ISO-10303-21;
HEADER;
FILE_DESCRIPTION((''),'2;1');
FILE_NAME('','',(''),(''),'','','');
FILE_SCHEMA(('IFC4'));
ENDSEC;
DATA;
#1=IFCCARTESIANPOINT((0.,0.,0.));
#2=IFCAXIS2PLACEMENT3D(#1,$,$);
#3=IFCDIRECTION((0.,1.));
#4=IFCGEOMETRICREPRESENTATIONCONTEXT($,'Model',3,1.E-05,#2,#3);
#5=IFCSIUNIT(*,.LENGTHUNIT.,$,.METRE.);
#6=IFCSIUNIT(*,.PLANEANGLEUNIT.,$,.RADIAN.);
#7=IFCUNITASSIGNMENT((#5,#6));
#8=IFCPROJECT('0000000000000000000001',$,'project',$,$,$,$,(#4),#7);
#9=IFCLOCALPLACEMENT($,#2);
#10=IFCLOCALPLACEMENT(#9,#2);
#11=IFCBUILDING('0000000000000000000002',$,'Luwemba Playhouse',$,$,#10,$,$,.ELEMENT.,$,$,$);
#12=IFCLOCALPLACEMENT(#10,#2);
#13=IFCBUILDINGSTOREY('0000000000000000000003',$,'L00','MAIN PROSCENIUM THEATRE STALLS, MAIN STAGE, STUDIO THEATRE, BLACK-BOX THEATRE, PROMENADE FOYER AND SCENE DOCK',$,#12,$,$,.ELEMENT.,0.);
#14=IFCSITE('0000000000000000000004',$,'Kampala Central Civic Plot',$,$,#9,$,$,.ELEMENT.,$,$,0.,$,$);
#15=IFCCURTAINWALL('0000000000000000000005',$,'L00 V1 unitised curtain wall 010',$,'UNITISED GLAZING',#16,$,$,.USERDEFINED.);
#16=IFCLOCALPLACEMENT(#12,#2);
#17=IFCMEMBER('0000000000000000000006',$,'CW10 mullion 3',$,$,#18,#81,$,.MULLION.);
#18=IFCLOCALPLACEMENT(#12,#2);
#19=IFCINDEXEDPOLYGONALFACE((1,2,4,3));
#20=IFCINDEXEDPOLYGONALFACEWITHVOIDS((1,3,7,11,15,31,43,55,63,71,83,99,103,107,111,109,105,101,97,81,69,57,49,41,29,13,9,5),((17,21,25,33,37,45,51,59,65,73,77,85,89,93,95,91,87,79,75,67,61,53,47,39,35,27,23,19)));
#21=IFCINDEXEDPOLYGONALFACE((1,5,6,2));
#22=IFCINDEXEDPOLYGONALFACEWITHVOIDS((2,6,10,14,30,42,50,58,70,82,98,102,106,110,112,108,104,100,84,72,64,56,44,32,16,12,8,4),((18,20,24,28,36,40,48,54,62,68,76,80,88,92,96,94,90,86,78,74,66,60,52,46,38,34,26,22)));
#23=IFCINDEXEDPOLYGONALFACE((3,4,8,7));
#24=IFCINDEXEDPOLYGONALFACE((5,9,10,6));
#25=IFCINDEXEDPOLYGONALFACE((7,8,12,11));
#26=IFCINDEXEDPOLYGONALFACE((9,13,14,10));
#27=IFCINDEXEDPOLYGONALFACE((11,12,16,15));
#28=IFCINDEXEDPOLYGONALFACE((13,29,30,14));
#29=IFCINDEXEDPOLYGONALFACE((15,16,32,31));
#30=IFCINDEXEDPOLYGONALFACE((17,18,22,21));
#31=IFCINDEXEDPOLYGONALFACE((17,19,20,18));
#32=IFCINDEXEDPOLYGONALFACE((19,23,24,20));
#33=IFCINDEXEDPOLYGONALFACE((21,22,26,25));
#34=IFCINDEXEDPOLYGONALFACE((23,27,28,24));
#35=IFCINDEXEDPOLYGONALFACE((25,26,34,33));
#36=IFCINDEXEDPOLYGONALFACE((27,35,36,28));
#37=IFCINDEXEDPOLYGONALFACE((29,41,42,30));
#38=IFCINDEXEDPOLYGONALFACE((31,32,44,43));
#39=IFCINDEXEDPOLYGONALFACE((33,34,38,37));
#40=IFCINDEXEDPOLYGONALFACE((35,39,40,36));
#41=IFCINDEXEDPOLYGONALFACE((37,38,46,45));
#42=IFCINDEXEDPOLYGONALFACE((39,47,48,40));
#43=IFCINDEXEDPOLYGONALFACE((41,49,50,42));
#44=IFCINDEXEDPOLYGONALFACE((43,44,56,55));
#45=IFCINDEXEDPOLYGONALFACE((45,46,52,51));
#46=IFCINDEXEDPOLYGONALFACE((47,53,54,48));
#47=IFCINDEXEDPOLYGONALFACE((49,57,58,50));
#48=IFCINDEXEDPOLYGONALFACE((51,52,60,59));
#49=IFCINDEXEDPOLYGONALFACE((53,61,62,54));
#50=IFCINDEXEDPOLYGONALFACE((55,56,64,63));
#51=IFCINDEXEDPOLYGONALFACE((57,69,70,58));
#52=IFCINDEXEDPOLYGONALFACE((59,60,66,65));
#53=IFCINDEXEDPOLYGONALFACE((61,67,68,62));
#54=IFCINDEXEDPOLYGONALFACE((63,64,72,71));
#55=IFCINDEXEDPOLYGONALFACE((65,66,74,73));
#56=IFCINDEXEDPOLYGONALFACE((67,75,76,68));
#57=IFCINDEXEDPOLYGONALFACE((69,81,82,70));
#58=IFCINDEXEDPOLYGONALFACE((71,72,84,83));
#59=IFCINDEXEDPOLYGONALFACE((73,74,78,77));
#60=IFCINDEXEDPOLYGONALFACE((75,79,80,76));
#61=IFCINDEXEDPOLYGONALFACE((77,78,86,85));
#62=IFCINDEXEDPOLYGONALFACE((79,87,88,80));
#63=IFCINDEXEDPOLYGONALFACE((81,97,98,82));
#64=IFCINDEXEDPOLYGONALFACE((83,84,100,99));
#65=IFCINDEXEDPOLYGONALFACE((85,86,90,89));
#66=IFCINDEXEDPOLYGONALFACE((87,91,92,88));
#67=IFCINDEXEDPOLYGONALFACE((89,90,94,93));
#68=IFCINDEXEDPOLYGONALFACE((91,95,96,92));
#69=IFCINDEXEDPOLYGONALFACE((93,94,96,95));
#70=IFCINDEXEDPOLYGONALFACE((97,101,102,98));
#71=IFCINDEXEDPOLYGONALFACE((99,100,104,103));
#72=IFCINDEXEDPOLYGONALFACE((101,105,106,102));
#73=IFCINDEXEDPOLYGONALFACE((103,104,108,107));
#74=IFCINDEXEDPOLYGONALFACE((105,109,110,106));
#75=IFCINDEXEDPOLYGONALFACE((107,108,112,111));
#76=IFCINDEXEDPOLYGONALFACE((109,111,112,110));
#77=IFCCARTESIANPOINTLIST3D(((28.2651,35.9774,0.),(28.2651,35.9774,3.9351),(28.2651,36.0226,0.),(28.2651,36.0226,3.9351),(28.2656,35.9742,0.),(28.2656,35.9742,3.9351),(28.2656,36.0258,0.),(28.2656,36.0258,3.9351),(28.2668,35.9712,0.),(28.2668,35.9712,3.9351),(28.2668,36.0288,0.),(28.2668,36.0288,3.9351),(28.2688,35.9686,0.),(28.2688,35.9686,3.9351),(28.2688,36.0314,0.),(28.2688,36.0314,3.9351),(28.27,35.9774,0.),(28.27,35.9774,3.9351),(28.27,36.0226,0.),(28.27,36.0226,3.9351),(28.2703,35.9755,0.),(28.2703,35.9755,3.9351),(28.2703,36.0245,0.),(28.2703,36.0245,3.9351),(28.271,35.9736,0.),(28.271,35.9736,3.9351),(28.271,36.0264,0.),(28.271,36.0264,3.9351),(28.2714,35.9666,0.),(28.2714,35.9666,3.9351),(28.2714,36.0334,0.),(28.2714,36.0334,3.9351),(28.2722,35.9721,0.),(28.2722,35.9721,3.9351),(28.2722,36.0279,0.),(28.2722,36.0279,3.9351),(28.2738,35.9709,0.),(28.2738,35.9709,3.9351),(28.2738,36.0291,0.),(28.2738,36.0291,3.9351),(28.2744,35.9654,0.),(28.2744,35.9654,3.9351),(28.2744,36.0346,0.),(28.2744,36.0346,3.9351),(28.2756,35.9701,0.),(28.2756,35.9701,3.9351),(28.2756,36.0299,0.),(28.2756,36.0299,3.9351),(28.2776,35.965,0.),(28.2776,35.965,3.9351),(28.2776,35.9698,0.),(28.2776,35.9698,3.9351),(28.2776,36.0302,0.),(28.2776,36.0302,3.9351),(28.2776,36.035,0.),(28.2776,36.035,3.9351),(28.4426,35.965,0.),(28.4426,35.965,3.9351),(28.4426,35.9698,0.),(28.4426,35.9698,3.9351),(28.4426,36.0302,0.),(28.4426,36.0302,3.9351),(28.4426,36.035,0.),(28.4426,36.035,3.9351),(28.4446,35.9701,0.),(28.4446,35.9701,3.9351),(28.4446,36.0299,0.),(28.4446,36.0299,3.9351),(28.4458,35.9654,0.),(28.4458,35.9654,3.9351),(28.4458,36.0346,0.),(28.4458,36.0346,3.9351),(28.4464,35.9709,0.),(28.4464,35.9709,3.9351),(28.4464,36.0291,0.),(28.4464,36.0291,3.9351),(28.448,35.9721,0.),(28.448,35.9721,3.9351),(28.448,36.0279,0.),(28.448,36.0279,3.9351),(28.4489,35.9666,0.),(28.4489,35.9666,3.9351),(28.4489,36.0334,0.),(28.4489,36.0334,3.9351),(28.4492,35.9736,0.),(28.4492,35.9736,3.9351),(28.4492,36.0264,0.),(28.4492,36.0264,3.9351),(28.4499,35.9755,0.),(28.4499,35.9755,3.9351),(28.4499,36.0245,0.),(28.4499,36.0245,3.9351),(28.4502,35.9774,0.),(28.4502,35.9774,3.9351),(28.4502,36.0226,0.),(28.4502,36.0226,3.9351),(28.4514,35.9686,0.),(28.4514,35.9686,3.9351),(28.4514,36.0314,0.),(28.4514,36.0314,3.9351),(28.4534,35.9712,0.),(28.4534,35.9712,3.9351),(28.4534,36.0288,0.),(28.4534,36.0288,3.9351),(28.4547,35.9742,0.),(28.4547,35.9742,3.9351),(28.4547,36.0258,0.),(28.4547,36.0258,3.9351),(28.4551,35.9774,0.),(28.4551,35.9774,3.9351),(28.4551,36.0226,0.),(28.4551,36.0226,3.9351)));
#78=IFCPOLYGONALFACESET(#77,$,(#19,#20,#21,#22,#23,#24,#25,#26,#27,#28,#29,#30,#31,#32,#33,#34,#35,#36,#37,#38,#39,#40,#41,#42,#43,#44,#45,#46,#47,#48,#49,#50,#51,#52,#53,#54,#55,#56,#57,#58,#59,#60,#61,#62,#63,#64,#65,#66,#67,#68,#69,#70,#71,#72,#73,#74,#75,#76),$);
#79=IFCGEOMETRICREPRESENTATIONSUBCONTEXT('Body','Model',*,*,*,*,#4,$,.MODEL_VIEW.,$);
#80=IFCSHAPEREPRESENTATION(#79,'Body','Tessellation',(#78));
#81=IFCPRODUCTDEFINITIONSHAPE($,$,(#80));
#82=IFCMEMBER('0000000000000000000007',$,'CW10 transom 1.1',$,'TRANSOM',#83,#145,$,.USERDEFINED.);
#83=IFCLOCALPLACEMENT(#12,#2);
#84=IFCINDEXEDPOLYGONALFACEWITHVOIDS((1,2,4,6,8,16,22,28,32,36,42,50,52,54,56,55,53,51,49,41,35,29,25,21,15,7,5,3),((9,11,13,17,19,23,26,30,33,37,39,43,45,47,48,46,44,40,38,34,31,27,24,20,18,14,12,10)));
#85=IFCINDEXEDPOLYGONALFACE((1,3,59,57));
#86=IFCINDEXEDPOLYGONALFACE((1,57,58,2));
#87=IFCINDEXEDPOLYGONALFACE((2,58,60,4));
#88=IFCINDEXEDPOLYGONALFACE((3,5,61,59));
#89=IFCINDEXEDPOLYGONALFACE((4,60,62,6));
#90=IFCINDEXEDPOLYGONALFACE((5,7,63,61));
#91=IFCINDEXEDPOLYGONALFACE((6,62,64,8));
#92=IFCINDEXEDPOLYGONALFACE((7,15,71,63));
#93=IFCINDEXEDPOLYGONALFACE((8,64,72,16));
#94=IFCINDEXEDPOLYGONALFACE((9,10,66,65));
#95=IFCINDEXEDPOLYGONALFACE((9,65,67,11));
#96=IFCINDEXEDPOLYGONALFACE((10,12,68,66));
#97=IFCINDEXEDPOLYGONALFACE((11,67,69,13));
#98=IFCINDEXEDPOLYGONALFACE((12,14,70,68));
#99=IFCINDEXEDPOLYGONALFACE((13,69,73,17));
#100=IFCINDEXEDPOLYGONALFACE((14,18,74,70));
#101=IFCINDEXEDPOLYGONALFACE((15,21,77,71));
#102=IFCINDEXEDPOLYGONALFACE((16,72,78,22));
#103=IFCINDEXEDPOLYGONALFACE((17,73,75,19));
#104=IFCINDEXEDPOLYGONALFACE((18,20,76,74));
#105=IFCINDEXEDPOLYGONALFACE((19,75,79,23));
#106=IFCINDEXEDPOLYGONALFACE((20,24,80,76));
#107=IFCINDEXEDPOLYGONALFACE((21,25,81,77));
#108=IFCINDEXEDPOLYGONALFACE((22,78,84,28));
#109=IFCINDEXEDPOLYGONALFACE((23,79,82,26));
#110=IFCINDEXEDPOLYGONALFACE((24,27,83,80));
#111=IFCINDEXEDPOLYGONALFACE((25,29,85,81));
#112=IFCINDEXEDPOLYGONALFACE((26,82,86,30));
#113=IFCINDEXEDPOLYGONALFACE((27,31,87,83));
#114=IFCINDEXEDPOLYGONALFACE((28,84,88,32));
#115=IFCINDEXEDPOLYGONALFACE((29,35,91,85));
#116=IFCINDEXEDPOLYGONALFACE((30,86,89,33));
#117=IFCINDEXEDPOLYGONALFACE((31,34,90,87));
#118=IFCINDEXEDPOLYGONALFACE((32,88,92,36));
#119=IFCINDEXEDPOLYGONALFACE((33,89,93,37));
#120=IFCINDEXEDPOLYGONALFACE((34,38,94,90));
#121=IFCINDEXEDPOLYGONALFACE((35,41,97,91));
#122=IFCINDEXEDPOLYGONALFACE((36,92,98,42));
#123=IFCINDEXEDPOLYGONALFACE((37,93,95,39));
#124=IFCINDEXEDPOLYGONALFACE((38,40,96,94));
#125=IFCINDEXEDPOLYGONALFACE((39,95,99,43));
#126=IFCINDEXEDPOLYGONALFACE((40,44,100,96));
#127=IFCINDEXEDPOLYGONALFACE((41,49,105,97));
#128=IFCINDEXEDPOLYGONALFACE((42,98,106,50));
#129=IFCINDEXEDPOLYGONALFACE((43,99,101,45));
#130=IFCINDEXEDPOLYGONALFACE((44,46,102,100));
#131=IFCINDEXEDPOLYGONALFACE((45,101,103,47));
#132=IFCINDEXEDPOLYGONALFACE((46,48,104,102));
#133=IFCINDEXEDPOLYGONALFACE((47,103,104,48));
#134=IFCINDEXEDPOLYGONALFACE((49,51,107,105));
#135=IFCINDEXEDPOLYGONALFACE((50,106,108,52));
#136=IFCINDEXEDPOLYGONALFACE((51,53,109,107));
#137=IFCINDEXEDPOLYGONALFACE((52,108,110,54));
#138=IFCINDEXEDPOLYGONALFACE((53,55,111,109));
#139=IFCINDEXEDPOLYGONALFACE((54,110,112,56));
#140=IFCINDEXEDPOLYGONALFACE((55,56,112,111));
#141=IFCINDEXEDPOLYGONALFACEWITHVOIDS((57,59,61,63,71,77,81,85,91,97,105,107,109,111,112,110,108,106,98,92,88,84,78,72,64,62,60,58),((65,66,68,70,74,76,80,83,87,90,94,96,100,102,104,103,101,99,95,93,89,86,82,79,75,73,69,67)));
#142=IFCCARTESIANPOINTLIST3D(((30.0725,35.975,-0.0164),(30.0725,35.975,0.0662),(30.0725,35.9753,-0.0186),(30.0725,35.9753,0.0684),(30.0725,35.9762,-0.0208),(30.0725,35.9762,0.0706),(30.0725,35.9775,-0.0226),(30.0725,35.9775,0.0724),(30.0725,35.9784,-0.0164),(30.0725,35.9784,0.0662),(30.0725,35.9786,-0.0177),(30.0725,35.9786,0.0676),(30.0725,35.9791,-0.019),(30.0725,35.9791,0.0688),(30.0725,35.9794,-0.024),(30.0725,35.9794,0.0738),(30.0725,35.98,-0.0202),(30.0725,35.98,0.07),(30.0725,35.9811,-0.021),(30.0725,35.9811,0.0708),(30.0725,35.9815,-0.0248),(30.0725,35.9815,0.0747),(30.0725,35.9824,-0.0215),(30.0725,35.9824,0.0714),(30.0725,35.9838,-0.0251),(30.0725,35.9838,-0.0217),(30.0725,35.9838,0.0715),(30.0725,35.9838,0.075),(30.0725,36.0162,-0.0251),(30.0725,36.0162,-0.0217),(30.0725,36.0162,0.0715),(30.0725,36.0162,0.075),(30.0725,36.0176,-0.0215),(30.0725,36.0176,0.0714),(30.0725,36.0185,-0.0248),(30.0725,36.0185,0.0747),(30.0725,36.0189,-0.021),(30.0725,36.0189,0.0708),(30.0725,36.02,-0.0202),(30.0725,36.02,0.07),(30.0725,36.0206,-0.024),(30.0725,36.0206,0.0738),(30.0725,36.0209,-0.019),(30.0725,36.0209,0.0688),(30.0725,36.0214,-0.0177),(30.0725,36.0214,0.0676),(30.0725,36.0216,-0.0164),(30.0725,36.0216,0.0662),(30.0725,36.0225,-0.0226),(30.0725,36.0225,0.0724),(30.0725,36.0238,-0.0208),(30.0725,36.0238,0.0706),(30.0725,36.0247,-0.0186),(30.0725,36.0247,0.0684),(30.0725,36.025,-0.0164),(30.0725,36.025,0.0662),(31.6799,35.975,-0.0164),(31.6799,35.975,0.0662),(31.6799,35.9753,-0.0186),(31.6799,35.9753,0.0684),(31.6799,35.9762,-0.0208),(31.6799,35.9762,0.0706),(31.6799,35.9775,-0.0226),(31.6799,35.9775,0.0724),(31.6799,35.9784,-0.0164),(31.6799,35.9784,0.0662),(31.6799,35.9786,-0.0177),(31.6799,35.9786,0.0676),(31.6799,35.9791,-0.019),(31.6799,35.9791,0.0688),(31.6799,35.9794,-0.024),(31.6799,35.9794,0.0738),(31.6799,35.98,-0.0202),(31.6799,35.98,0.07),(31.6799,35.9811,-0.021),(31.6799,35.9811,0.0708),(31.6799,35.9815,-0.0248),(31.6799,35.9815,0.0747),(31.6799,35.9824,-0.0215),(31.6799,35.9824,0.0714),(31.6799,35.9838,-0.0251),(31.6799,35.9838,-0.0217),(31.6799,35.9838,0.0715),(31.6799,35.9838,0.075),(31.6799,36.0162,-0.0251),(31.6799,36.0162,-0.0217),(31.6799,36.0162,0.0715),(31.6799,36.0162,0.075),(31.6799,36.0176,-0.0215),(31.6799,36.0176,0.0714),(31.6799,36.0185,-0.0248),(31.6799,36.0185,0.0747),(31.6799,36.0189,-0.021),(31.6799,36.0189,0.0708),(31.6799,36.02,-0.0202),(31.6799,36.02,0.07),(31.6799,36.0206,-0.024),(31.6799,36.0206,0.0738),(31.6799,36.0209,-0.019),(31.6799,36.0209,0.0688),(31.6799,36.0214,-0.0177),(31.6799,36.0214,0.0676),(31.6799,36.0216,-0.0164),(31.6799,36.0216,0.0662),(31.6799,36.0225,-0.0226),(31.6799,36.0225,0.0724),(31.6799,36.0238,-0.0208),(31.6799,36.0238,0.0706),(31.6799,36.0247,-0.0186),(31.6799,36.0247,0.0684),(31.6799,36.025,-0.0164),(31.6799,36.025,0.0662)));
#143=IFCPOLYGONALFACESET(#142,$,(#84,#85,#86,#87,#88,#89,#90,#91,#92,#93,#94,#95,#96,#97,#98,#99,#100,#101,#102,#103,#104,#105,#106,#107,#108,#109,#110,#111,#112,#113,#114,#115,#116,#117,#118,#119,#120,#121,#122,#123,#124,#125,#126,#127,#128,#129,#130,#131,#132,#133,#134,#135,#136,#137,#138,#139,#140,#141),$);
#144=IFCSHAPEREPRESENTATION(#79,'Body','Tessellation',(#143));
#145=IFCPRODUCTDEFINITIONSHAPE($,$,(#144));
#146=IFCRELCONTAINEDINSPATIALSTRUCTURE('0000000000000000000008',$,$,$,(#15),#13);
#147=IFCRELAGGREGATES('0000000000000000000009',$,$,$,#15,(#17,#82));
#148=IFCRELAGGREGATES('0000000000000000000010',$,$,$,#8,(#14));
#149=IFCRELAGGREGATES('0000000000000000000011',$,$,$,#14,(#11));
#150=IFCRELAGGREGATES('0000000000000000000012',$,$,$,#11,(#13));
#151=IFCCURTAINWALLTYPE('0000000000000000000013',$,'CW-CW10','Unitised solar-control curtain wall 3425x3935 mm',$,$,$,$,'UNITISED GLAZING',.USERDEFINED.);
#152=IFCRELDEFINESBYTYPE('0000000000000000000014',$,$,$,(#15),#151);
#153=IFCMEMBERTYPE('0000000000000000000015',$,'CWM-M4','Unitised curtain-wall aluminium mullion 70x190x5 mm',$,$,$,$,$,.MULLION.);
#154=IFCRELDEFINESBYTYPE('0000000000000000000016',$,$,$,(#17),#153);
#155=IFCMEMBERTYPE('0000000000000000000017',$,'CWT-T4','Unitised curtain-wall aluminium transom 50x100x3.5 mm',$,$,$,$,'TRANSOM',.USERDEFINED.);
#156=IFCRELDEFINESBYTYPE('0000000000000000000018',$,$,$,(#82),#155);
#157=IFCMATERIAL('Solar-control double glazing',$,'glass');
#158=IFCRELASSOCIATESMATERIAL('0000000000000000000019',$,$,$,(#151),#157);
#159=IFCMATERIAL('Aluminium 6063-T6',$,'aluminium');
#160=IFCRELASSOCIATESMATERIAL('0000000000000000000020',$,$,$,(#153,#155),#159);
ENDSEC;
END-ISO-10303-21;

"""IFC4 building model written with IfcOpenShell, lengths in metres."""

from ifc_helpers import new_model, si_unit, direction, frame, origin, origin_2d, place, context, subcontext, project, spatial, hollow_rectangle, extrude, material, material_profile, profile_set, type_object, element, aggregate, save


model = new_model("IFC4")

# Units and contexts
model_context = context("Model", 3, precision=1e-05, world=origin(), true_north=direction((0.0, 1.0)))
body_context = subcontext(model_context, "Body", "Model", "MODEL_VIEW")
ifc_project = project(units=[si_unit("LENGTHUNIT", "METRE"), si_unit("PLANEANGLEUNIT", "RADIAN")], contexts=[model_context])

# Site, building, storey
site_placement = place(None, origin())
site = spatial("IfcSite", under=ifc_project, at=site_placement, Name="Kampala Central Civic Plot", CompositionType="ELEMENT", RefElevation=0.0)
building_placement = place(site_placement, origin())
building = spatial("IfcBuilding", under=site, at=building_placement, Name="Luwemba Playhouse", CompositionType="ELEMENT")
storey_placement = place(building_placement, origin())
storey = spatial("IfcBuildingStorey", under=building, at=storey_placement, Name="L00", Description="MAIN PROSCENIUM THEATRE STALLS, MAIN STAGE, STUDIO THEATRE, BLACK-BOX THEATRE, PROMENADE FOYER AND SCENE DOCK", CompositionType="ELEMENT", Elevation=0.0)

# Curtain wall, members
ifc_material_1 = material(Name="Solar-control double glazing", Category="glass")
curtain_wall_type = type_object("IfcCurtainWallType", Name="CW-CW10", Description="Unitised solar-control curtain wall 3425x3935 mm", ElementType="UNITISED GLAZING", PredefinedType="USERDEFINED", material=ifc_material_1)
curtain_wall_placement = place(storey_placement, origin())
curtain_wall = element("IfcCurtainWall", 1, at=curtain_wall_placement, inside=storey, type_object=curtain_wall_type, Name="L00 V1 unitised curtain wall 010", ObjectType="UNITISED GLAZING", PredefinedType="USERDEFINED")
ifc_material_2 = material(Name="Aluminium 6063-T6", Category="aluminium")
ifc_material_profile_1 = material_profile(ifc_material_2, hollow_rectangle(XDim=0.0701, YDim=0.1899, WallThickness=0.0049, InnerFilletRadius=0.0076, OuterFilletRadius=0.0125, at=origin_2d()))
ifc_profile_set_1 = profile_set([ifc_material_profile_1], Name="Aluminium 6063-T6")
member_type_1 = type_object("IfcMemberType", Name="CWM-M4", Description="Unitised curtain-wall aluminium mullion 70x190x5 mm", PredefinedType="MULLION", material=ifc_profile_set_1)
member_1_placement = place(storey_placement, frame((28.3601, 36.0, 0.0), z_axis=(0.0, 0.0, 1.0), x_axis=(0.0, -1.0, 0.0)))
member_1 = element("IfcMember", 2, at=member_1_placement, type_object=member_type_1, Name="CW10 mullion 3", PredefinedType="MULLION", context=body_context, shape_type="SweptSolid", body=[
    extrude(hollow_rectangle(XDim=0.0701, YDim=0.1899, WallThickness=0.0049, InnerFilletRadius=0.0076, OuterFilletRadius=0.0125, at=origin_2d()), origin(), (0.0, 0.0, 1.0), 3.9351),
])
ifc_material_profile_2 = material_profile(ifc_material_2, hollow_rectangle(XDim=0.05, YDim=0.1001, WallThickness=0.0034, InnerFilletRadius=0.0054, OuterFilletRadius=0.0088, at=origin_2d()))
ifc_profile_set_2 = profile_set([ifc_material_profile_2], Name="Aluminium 6063-T6")
member_type_2 = type_object("IfcMemberType", Name="CWT-T4", Description="Unitised curtain-wall aluminium transom 50x100x3.5 mm", ElementType="TRANSOM", PredefinedType="USERDEFINED", material=ifc_profile_set_2)
member_2_placement = place(storey_placement, frame((31.6799, 36.0, 0.0249), z_axis=(-1.0, 0.0, 0.0), x_axis=(0.0, -1.0, 0.0)))
member_2 = element("IfcMember", 3, at=member_2_placement, type_object=member_type_2, Name="CW10 transom 1.1", ObjectType="TRANSOM", PredefinedType="USERDEFINED", context=body_context, shape_type="SweptSolid", body=[
    extrude(hollow_rectangle(XDim=0.05, YDim=0.1001, WallThickness=0.0034, InnerFilletRadius=0.0054, OuterFilletRadius=0.0088, at=origin_2d()), origin(), (0.0, 0.0, 1.0), 1.6074),
])
aggregate(curtain_wall, [member_1, member_2])

save(model, "model.ifc")
